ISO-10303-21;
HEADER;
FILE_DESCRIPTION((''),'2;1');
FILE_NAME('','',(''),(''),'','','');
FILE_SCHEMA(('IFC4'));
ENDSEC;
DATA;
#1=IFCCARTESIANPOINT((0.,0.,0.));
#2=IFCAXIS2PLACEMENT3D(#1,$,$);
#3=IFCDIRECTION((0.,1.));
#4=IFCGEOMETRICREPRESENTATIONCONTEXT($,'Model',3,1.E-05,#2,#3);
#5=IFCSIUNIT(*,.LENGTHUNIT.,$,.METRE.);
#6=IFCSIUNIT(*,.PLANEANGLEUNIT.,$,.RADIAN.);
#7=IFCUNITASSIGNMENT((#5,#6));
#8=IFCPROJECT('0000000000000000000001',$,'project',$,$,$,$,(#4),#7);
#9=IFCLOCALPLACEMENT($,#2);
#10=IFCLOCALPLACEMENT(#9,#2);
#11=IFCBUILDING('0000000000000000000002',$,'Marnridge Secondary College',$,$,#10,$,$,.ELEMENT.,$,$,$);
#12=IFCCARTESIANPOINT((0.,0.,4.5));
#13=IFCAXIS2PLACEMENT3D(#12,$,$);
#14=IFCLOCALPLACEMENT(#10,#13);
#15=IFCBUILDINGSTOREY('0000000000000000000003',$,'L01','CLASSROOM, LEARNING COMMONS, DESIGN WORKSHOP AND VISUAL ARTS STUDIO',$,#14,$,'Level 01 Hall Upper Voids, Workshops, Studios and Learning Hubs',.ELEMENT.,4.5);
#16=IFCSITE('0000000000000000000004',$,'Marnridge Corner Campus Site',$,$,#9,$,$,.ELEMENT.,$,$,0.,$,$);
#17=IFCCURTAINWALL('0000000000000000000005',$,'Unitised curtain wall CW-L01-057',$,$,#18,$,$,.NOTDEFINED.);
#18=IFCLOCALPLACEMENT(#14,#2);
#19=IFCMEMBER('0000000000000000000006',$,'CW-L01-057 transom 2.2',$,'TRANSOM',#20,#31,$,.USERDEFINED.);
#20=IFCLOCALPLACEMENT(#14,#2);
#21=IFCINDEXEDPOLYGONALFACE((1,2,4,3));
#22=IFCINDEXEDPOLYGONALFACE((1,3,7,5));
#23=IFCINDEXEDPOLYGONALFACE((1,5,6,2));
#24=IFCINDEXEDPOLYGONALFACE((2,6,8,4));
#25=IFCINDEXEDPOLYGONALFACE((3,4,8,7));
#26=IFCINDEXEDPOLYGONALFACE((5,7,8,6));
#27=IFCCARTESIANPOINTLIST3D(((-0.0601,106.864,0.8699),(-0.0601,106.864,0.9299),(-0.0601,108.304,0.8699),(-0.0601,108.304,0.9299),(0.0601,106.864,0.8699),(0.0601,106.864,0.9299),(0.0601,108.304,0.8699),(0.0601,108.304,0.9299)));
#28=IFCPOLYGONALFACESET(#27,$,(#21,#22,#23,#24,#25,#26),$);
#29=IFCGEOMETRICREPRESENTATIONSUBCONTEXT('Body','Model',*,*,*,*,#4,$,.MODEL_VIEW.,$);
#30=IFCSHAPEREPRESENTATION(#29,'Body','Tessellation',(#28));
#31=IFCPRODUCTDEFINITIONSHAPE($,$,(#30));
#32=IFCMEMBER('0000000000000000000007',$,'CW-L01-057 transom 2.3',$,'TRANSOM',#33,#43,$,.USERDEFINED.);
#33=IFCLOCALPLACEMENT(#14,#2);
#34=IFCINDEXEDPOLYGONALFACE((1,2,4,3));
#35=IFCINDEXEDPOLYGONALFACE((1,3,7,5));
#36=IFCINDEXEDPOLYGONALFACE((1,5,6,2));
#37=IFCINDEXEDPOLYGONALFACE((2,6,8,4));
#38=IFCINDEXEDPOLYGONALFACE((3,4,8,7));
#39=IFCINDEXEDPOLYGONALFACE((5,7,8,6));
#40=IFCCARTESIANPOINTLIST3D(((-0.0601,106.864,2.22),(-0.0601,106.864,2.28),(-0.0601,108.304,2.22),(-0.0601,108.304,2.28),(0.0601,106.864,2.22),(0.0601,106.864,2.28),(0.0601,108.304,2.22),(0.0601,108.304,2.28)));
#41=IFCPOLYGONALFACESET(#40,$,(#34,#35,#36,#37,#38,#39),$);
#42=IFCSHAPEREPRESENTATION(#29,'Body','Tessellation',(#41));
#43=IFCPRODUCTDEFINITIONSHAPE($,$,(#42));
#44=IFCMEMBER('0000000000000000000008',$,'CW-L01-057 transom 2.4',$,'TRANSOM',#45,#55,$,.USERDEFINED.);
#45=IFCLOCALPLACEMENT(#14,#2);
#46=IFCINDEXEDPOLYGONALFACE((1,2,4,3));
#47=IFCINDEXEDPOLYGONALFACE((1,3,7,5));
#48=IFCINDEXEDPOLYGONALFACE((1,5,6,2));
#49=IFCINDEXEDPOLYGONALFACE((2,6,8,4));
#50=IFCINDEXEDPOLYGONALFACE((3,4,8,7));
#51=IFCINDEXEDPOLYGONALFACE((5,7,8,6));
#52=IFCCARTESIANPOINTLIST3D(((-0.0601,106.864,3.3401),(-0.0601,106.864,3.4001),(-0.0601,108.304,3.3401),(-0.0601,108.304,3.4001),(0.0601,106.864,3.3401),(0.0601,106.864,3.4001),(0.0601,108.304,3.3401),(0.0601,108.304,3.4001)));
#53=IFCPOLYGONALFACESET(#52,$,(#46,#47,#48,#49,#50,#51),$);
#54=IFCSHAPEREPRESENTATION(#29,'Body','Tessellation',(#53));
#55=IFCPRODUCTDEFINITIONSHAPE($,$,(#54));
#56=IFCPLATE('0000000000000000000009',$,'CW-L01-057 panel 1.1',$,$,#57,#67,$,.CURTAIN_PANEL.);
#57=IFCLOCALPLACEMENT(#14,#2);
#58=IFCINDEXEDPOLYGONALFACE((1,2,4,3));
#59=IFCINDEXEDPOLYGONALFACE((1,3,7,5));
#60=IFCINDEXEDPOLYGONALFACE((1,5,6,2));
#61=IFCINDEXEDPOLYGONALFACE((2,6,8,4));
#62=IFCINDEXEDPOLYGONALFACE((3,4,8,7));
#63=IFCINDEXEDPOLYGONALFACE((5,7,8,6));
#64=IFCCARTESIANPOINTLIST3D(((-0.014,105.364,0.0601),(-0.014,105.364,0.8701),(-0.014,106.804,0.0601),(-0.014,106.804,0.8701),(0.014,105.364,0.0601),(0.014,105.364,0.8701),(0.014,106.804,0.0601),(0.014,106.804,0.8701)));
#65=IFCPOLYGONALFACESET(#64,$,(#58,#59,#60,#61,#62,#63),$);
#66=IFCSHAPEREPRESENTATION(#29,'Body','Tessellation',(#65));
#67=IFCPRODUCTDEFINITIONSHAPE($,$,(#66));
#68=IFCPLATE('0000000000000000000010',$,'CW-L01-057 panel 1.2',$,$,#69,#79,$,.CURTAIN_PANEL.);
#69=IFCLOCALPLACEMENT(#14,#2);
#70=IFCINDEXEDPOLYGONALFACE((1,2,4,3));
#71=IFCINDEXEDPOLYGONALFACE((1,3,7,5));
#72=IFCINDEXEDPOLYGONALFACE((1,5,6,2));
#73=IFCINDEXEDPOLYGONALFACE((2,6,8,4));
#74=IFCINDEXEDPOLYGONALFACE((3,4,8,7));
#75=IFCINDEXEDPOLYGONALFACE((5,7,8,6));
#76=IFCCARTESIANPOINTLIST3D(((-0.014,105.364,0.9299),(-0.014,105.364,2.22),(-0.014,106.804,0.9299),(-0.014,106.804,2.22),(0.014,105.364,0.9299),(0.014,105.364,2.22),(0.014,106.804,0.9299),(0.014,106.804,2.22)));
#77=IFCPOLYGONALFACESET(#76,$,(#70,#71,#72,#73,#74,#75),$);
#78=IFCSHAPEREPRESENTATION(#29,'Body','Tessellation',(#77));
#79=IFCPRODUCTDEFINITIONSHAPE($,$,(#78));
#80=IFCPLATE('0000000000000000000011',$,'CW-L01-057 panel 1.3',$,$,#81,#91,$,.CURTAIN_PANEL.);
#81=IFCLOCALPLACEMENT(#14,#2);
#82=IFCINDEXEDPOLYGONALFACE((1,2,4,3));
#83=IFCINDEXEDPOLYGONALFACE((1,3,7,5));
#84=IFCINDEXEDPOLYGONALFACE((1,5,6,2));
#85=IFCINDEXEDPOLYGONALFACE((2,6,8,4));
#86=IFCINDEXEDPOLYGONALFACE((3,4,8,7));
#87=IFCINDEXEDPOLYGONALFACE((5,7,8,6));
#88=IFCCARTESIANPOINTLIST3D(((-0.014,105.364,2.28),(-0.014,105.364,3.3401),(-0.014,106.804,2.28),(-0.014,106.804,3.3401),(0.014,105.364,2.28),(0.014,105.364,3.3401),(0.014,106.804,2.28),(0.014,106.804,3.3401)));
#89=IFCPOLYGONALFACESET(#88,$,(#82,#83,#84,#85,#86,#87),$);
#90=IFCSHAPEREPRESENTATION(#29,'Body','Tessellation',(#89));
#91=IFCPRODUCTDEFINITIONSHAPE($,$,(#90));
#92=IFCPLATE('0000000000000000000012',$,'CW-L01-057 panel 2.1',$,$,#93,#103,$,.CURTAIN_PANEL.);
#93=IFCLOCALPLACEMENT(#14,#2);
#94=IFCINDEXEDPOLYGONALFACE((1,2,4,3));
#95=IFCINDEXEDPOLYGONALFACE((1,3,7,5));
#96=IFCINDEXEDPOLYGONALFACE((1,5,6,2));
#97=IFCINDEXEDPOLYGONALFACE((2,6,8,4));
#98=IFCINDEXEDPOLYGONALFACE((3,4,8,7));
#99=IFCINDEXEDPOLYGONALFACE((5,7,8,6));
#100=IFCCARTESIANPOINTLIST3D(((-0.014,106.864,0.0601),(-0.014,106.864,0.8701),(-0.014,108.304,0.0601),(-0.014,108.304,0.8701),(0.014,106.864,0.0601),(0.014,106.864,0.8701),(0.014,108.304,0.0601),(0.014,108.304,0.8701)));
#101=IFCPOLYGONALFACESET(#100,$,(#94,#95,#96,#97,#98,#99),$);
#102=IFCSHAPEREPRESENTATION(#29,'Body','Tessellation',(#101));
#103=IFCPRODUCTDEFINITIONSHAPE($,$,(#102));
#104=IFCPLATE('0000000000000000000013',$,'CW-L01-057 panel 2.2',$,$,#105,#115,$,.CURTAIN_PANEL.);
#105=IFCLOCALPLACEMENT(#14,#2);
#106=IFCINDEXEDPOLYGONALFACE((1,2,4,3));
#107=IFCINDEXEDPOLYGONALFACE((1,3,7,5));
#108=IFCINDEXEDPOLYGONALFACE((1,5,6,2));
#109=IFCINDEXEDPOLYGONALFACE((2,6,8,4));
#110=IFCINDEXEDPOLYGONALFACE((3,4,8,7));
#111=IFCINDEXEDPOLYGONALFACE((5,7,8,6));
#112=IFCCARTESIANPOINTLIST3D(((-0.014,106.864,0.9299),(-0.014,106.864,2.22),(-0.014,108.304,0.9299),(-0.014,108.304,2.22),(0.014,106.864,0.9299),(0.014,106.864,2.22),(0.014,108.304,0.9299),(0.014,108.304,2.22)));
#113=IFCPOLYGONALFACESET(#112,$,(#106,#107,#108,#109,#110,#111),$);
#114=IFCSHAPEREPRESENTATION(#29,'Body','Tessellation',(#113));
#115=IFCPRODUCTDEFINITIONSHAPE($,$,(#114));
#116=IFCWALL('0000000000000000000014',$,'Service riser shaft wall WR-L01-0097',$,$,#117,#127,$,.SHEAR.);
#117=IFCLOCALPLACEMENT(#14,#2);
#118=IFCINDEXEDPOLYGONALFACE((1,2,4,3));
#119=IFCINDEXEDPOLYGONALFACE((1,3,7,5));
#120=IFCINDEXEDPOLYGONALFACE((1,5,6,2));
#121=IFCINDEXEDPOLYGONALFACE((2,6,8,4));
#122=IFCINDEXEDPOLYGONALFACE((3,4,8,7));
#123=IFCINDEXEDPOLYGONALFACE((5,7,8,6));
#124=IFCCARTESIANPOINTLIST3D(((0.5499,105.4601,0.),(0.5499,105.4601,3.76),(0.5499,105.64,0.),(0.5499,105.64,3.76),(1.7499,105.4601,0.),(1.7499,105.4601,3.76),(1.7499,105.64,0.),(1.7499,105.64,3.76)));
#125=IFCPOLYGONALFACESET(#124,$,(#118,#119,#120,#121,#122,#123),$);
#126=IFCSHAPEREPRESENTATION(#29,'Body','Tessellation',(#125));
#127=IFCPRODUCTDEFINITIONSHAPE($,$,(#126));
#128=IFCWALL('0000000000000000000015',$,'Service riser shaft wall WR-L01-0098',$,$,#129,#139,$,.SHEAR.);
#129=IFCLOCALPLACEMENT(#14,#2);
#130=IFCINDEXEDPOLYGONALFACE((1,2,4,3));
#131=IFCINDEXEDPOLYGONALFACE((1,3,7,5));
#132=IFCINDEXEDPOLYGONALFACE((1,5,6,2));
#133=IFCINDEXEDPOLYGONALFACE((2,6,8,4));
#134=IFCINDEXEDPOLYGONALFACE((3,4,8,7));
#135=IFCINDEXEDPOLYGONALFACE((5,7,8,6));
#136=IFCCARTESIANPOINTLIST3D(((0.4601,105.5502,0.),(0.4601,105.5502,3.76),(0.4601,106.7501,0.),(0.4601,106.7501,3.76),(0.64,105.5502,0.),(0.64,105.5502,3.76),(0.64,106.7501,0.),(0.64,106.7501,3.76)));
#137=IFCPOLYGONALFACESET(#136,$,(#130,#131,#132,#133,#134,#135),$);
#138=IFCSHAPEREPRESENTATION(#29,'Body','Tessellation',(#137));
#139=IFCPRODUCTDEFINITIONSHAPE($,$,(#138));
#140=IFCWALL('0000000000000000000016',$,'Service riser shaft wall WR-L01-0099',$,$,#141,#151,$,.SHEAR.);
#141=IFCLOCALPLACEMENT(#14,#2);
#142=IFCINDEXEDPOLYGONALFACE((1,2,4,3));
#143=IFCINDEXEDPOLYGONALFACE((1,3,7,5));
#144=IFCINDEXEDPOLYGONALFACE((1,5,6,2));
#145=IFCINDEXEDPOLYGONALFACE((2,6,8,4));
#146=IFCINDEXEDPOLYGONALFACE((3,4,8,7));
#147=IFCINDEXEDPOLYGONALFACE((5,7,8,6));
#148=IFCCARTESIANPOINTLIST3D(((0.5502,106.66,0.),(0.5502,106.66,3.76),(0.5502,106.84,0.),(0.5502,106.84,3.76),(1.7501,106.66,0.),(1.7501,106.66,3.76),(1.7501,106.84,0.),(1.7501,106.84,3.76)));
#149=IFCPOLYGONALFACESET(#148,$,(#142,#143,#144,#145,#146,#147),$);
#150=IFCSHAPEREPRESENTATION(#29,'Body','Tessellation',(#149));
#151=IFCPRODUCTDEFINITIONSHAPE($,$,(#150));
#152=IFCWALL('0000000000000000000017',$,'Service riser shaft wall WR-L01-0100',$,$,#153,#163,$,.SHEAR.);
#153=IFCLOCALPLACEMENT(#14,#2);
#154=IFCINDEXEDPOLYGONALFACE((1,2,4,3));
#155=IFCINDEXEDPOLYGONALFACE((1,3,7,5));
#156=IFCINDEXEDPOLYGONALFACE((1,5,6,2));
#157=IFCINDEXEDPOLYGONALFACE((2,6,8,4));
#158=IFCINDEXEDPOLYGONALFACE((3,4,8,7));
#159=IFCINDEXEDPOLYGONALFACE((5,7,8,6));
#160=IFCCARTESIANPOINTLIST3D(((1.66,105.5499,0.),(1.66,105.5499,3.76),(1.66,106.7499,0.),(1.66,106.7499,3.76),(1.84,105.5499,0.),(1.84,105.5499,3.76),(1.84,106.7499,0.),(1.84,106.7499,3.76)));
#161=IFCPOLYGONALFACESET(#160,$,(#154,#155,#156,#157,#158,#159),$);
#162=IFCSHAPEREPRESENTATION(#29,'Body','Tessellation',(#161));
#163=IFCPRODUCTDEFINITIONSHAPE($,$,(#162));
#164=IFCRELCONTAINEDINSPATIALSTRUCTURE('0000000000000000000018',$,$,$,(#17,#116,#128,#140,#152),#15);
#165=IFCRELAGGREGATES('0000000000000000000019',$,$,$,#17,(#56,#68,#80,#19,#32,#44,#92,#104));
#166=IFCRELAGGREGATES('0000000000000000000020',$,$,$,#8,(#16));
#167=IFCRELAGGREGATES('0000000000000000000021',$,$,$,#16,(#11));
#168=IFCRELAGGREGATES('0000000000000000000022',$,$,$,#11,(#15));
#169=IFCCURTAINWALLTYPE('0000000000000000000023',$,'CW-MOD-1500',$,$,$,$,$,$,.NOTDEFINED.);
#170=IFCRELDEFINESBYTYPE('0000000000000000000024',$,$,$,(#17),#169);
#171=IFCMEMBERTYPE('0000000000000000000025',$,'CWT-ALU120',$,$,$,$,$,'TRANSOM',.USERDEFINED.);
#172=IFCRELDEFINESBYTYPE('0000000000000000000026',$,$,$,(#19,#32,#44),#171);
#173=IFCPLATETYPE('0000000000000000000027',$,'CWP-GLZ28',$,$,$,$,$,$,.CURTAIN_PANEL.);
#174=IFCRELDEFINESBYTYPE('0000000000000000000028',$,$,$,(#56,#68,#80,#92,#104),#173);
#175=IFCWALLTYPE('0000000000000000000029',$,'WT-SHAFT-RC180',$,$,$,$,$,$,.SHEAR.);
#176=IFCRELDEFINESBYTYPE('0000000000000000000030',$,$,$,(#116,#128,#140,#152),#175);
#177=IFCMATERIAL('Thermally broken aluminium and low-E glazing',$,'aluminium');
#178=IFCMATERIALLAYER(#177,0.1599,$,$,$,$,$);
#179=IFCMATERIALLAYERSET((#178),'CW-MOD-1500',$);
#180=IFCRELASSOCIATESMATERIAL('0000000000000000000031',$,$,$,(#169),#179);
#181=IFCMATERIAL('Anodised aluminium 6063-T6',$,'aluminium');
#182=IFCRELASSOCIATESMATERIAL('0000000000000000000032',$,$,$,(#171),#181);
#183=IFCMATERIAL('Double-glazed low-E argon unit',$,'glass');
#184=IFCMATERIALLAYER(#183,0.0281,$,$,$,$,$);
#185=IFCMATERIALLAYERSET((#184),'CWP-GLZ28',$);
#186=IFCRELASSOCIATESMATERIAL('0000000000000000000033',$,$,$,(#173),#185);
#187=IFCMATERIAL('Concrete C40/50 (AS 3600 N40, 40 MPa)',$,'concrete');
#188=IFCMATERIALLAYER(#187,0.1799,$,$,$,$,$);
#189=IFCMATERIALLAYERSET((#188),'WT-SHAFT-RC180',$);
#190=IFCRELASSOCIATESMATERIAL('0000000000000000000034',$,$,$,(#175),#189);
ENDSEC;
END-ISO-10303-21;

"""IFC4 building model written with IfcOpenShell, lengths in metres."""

from ifc_helpers import new_model, si_unit, direction, frame, frame_2d, origin, origin_2d, place, context, subcontext, project, spatial, rectangle, extrude, material, layer, layer_set, material_profile, profile_set, type_object, element, aggregate, save


model = new_model("IFC4")

# Units and contexts
model_context = context("Model", 3, precision=1e-05, world=origin(), true_north=direction((0.0, 1.0)))
body_context = subcontext(model_context, "Body", "Model", "MODEL_VIEW")
ifc_project = project(units=[si_unit("LENGTHUNIT", "METRE"), si_unit("PLANEANGLEUNIT", "RADIAN")], contexts=[model_context])

# Site, building, storey
site_placement = place(None, origin())
site = spatial("IfcSite", under=ifc_project, at=site_placement, Name="Marnridge Corner Campus Site", CompositionType="ELEMENT", RefElevation=0.0)
building_placement = place(site_placement, origin())
building = spatial("IfcBuilding", under=site, at=building_placement, Name="Marnridge Secondary College", CompositionType="ELEMENT")
storey_placement = place(building_placement, frame((0.0, 0.0, 4.5)))
storey = spatial("IfcBuildingStorey", under=building, at=storey_placement, Name="L01", Description="CLASSROOM, LEARNING COMMONS, DESIGN WORKSHOP AND VISUAL ARTS STUDIO", LongName="Level 01 Hall Upper Voids, Workshops, Studios and Learning Hubs", CompositionType="ELEMENT", Elevation=4.5)

# Curtain wall, members, plates
ifc_material_1 = material(Name="Thermally broken aluminium and low-E glazing", Category="aluminium")
ifc_layer_1 = layer(ifc_material_1, 0.1599)
ifc_layer_set_1 = layer_set([ifc_layer_1], Name="CW-MOD-1500")
curtain_wall_type = type_object("IfcCurtainWallType", Name="CW-MOD-1500", PredefinedType="NOTDEFINED", material=ifc_layer_set_1)
curtain_wall_placement = place(storey_placement, origin())
curtain_wall = element("IfcCurtainWall", 1, at=curtain_wall_placement, inside=storey, type_object=curtain_wall_type, Name="Unitised curtain wall CW-L01-057", PredefinedType="NOTDEFINED")
ifc_material_2 = material(Name="Anodised aluminium 6063-T6", Category="aluminium")
ifc_material_profile_1 = material_profile(ifc_material_2, rectangle(XDim=0.0601, YDim=0.1201, at=origin_2d()), Name="ALU 60x120")
ifc_profile_set_1 = profile_set([ifc_material_profile_1], Name="Anodised aluminium 6063-T6")
member_type_1 = type_object("IfcMemberType", Name="CWT-ALU120", ElementType="TRANSOM", PredefinedType="USERDEFINED", material=ifc_profile_set_1)
member_1_placement = place(storey_placement, frame((0.0, 106.864, 0.8999), z_axis=(0.0, 1.0, 0.0), x_axis=(0.0, 0.0, 1.0)))
member_1 = element("IfcMember", 2, at=member_1_placement, type_object=member_type_1, Name="CW-L01-057 transom 2.2", ObjectType="TRANSOM", PredefinedType="USERDEFINED", context=body_context, shape_type="SweptSolid", body=[
    extrude(rectangle(XDim=0.0601, YDim=0.1201, at=origin_2d()), origin(), (0.0, 0.0, 1.0), 1.4399),
])
member_2_placement = place(storey_placement, frame((0.0, 106.864, 2.25), z_axis=(0.0, 1.0, 0.0), x_axis=(0.0, 0.0, 1.0)))
member_2 = element("IfcMember", 3, at=member_2_placement, type_object=member_type_1, Name="CW-L01-057 transom 2.3", ObjectType="TRANSOM", PredefinedType="USERDEFINED", context=body_context, shape_type="SweptSolid", body=[
    extrude(rectangle(XDim=0.0601, YDim=0.1201, at=origin_2d()), origin(), (0.0, 0.0, 1.0), 1.4399),
])
member_3_placement = place(storey_placement, frame((0.0, 106.864, 3.3701), z_axis=(0.0, 1.0, 0.0), x_axis=(0.0, 0.0, 1.0)))
member_3 = element("IfcMember", 4, at=member_3_placement, type_object=member_type_1, Name="CW-L01-057 transom 2.4", ObjectType="TRANSOM", PredefinedType="USERDEFINED", context=body_context, shape_type="SweptSolid", body=[
    extrude(rectangle(XDim=0.0601, YDim=0.1201, at=origin_2d()), origin(), (0.0, 0.0, 1.0), 1.4399),
])
ifc_material_3 = material(Name="Double-glazed low-E argon unit", Category="glass")
ifc_layer_2 = layer(ifc_material_3, 0.0281)
ifc_layer_set_2 = layer_set([ifc_layer_2], Name="CWP-GLZ28")
plate_type = type_object("IfcPlateType", Name="CWP-GLZ28", PredefinedType="CURTAIN_PANEL", material=ifc_layer_set_2)
plate_1_placement = place(storey_placement, frame((0.0, 106.084, 0.0601), z_axis=(0.0, 0.0, 1.0), x_axis=(0.0, 1.0, 0.0)))
plate_1 = element("IfcPlate", 5, at=plate_1_placement, type_object=plate_type, Name="CW-L01-057 panel 1.1", PredefinedType="CURTAIN_PANEL", context=body_context, shape_type="SweptSolid", body=[
    extrude(rectangle(XDim=1.4399, YDim=0.0281, at=origin_2d()), origin(), (0.0, 0.0, 1.0), 0.8101),
])
plate_2_placement = place(storey_placement, frame((0.0, 106.084, 0.9299), z_axis=(0.0, 0.0, 1.0), x_axis=(0.0, 1.0, 0.0)))
plate_2 = element("IfcPlate", 6, at=plate_2_placement, type_object=plate_type, Name="CW-L01-057 panel 1.2", PredefinedType="CURTAIN_PANEL", context=body_context, shape_type="SweptSolid", body=[
    extrude(rectangle(XDim=1.4399, YDim=0.0281, at=origin_2d()), origin(), (0.0, 0.0, 1.0), 1.29),
])
plate_3_placement = place(storey_placement, frame((0.0, 106.084, 2.28), z_axis=(0.0, 0.0, 1.0), x_axis=(0.0, 1.0, 0.0)))
plate_3 = element("IfcPlate", 7, at=plate_3_placement, type_object=plate_type, Name="CW-L01-057 panel 1.3", PredefinedType="CURTAIN_PANEL", context=body_context, shape_type="SweptSolid", body=[
    extrude(rectangle(XDim=1.4399, YDim=0.0281, at=origin_2d()), origin(), (0.0, 0.0, 1.0), 1.0601),
])
plate_4_placement = place(storey_placement, frame((0.0, 107.584, 0.0601), z_axis=(0.0, 0.0, 1.0), x_axis=(0.0, 1.0, 0.0)))
plate_4 = element("IfcPlate", 8, at=plate_4_placement, type_object=plate_type, Name="CW-L01-057 panel 2.1", PredefinedType="CURTAIN_PANEL", context=body_context, shape_type="SweptSolid", body=[
    extrude(rectangle(XDim=1.4399, YDim=0.0281, at=origin_2d()), origin(), (0.0, 0.0, 1.0), 0.8101),
])
plate_5_placement = place(storey_placement, frame((0.0, 107.584, 0.9299), z_axis=(0.0, 0.0, 1.0), x_axis=(0.0, 1.0, 0.0)))
plate_5 = element("IfcPlate", 9, at=plate_5_placement, type_object=plate_type, Name="CW-L01-057 panel 2.2", PredefinedType="CURTAIN_PANEL", context=body_context, shape_type="SweptSolid", body=[
    extrude(rectangle(XDim=1.4399, YDim=0.0281, at=origin_2d()), origin(), (0.0, 0.0, 1.0), 1.29),
])
aggregate(curtain_wall, [plate_1, plate_2, plate_3, member_1, member_2, member_3, plate_4, plate_5])

# Walls
ifc_material_4 = material(Name="Concrete C40/50 (AS 3600 N40, 40 MPa)", Category="concrete")
ifc_layer_3 = layer(ifc_material_4, 0.1799)
ifc_layer_set_3 = layer_set([ifc_layer_3], Name="WT-SHAFT-RC180")
wall_type = type_object("IfcWallType", Name="WT-SHAFT-RC180", PredefinedType="SHEAR", material=ifc_layer_set_3)
for number, where, z_axis, x_axis, name in (
    (10, (1.75, 105.55, 0.0), (0.0, 0.0, 1.0), (-1.0, 0.0, 0.0), "Service riser shaft wall WR-L01-0097"),
    (11, (0.55, 105.55, 0.0), (0.0, 0.0, 1.0), (0.0, 1.0, 0.0), "Service riser shaft wall WR-L01-0098"),
    (12, (0.55, 106.75, 0.0), (0.0, 0.0, 1.0), (1.0, 0.0, 0.0), "Service riser shaft wall WR-L01-0099"),
    (13, (1.75, 106.75, 0.0), (0.0, 0.0, 1.0), (0.0, -1.0, 0.0), "Service riser shaft wall WR-L01-0100"),
):
    element("IfcWall", number, at=place(storey_placement, frame(where, z_axis=z_axis, x_axis=x_axis)), inside=storey, type_object=wall_type, Name=name, PredefinedType="SHEAR", context=body_context, shape_type="SweptSolid", body=[
        extrude(rectangle(XDim=1.2, YDim=0.1799, at=frame_2d((0.6001, 0.0))), origin(), (0.0, 0.0, 1.0), 3.76),
    ])

save(model, "model.ifc")
